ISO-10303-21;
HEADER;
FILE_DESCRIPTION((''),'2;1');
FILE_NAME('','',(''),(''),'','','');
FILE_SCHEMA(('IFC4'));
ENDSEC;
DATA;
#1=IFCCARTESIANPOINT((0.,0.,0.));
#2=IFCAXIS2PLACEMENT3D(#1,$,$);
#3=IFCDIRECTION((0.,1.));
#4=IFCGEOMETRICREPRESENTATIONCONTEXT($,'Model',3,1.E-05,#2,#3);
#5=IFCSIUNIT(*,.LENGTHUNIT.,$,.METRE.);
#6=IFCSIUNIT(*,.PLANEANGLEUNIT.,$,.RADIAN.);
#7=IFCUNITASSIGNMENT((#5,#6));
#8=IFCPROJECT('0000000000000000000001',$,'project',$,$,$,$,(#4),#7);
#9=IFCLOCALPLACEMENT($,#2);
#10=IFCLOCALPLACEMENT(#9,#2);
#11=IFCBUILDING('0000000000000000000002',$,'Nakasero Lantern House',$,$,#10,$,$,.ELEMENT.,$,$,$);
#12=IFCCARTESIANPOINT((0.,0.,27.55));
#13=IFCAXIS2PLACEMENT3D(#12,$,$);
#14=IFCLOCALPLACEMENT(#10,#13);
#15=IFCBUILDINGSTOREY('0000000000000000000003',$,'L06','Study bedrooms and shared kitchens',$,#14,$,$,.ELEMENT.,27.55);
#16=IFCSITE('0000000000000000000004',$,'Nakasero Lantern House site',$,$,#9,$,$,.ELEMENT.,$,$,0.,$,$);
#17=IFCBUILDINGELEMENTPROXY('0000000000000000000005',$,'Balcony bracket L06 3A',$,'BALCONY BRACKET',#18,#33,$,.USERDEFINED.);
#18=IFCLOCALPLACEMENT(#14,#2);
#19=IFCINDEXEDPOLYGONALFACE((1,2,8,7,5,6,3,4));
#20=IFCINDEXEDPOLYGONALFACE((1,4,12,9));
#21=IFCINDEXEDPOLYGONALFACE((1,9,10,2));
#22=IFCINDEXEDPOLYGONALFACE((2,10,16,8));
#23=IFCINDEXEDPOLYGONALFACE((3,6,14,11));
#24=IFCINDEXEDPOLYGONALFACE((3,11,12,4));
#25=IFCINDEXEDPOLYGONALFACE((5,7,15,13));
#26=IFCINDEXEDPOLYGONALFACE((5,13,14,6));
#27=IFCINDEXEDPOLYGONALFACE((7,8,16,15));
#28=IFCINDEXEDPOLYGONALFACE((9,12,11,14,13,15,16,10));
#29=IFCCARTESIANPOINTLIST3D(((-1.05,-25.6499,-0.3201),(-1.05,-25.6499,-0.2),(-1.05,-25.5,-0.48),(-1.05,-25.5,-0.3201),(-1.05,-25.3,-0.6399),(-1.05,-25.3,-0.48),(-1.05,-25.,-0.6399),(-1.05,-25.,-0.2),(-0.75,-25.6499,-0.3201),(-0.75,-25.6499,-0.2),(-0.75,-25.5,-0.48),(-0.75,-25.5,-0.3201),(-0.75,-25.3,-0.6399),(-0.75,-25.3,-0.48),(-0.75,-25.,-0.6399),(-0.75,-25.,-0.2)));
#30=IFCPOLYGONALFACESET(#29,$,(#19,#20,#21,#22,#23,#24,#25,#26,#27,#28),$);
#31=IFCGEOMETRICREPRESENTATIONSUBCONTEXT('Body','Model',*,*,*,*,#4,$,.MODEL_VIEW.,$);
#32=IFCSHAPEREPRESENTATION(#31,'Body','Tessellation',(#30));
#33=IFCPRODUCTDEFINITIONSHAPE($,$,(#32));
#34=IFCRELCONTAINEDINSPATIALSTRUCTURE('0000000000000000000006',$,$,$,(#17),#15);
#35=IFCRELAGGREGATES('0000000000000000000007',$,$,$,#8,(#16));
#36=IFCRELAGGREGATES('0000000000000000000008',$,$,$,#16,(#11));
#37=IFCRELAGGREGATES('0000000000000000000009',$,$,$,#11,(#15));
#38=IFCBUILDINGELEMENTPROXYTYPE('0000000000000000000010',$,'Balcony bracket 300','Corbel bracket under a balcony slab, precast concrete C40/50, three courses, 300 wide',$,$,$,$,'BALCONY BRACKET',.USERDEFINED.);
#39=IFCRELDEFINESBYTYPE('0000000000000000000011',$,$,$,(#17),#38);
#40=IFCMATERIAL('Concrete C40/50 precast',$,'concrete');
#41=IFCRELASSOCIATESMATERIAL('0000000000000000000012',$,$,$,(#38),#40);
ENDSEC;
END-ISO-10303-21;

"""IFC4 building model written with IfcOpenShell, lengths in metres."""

from ifc_helpers import new_model, si_unit, direction, frame, origin, place, context, subcontext, project, spatial, polyline, outline, extrude, material, type_object, element, save


model = new_model("IFC4")

# Units and contexts
model_context = context("Model", 3, precision=1e-05, world=origin(), true_north=direction((0.0, 1.0)))
body_context = subcontext(model_context, "Body", "Model", "MODEL_VIEW")
ifc_project = project(units=[si_unit("LENGTHUNIT", "METRE"), si_unit("PLANEANGLEUNIT", "RADIAN")], contexts=[model_context])

# Site, building, storey
site_placement = place(None, origin())
site = spatial("IfcSite", under=ifc_project, at=site_placement, Name="Nakasero Lantern House site", CompositionType="ELEMENT", RefElevation=0.0)
building_placement = place(site_placement, origin())
building = spatial("IfcBuilding", under=site, at=building_placement, Name="Nakasero Lantern House", CompositionType="ELEMENT")
storey_placement = place(building_placement, frame((0.0, 0.0, 27.55)))
storey = spatial("IfcBuildingStorey", under=building, at=storey_placement, Name="L06", Description="Study bedrooms and shared kitchens", CompositionType="ELEMENT", Elevation=27.55)

# Building element proxy
ifc_material_1 = material(Name="Concrete C40/50 precast", Category="concrete")
building_element_proxy_type = type_object("IfcBuildingElementProxyType", Name="Balcony bracket 300", Description="Corbel bracket under a balcony slab, precast concrete C40/50, three courses, 300 wide", ElementType="BALCONY BRACKET", PredefinedType="USERDEFINED", material=ifc_material_1)
proxy_placement = place(storey_placement, frame((-0.8999, -25.0, -0.2), z_axis=(0.0, 0.0, 1.0), x_axis=(0.0, -1.0, 0.0)))
element("IfcBuildingElementProxy", 1, at=proxy_placement, inside=storey, type_object=building_element_proxy_type, Name="Balcony bracket L06 3A", ObjectType="BALCONY BRACKET", PredefinedType="USERDEFINED", context=body_context, shape_type="SweptSolid", body=[
    extrude(outline(polyline([(0.0, 0.0), (0.6499, 0.0), (0.6499, -0.1201), (0.5, -0.1201), (0.5, -0.28), (0.3, -0.28), (0.3, -0.4399), (0.0, -0.4399), (0.0, 0.0)])), frame((0.0, 0.1499, 0.0), z_axis=(0.0, -1.0, 0.0), x_axis=(1.0, 0.0, 0.0)), (0.0, 0.0, 1.0), 0.3),
])

save(model, "model.ifc")
